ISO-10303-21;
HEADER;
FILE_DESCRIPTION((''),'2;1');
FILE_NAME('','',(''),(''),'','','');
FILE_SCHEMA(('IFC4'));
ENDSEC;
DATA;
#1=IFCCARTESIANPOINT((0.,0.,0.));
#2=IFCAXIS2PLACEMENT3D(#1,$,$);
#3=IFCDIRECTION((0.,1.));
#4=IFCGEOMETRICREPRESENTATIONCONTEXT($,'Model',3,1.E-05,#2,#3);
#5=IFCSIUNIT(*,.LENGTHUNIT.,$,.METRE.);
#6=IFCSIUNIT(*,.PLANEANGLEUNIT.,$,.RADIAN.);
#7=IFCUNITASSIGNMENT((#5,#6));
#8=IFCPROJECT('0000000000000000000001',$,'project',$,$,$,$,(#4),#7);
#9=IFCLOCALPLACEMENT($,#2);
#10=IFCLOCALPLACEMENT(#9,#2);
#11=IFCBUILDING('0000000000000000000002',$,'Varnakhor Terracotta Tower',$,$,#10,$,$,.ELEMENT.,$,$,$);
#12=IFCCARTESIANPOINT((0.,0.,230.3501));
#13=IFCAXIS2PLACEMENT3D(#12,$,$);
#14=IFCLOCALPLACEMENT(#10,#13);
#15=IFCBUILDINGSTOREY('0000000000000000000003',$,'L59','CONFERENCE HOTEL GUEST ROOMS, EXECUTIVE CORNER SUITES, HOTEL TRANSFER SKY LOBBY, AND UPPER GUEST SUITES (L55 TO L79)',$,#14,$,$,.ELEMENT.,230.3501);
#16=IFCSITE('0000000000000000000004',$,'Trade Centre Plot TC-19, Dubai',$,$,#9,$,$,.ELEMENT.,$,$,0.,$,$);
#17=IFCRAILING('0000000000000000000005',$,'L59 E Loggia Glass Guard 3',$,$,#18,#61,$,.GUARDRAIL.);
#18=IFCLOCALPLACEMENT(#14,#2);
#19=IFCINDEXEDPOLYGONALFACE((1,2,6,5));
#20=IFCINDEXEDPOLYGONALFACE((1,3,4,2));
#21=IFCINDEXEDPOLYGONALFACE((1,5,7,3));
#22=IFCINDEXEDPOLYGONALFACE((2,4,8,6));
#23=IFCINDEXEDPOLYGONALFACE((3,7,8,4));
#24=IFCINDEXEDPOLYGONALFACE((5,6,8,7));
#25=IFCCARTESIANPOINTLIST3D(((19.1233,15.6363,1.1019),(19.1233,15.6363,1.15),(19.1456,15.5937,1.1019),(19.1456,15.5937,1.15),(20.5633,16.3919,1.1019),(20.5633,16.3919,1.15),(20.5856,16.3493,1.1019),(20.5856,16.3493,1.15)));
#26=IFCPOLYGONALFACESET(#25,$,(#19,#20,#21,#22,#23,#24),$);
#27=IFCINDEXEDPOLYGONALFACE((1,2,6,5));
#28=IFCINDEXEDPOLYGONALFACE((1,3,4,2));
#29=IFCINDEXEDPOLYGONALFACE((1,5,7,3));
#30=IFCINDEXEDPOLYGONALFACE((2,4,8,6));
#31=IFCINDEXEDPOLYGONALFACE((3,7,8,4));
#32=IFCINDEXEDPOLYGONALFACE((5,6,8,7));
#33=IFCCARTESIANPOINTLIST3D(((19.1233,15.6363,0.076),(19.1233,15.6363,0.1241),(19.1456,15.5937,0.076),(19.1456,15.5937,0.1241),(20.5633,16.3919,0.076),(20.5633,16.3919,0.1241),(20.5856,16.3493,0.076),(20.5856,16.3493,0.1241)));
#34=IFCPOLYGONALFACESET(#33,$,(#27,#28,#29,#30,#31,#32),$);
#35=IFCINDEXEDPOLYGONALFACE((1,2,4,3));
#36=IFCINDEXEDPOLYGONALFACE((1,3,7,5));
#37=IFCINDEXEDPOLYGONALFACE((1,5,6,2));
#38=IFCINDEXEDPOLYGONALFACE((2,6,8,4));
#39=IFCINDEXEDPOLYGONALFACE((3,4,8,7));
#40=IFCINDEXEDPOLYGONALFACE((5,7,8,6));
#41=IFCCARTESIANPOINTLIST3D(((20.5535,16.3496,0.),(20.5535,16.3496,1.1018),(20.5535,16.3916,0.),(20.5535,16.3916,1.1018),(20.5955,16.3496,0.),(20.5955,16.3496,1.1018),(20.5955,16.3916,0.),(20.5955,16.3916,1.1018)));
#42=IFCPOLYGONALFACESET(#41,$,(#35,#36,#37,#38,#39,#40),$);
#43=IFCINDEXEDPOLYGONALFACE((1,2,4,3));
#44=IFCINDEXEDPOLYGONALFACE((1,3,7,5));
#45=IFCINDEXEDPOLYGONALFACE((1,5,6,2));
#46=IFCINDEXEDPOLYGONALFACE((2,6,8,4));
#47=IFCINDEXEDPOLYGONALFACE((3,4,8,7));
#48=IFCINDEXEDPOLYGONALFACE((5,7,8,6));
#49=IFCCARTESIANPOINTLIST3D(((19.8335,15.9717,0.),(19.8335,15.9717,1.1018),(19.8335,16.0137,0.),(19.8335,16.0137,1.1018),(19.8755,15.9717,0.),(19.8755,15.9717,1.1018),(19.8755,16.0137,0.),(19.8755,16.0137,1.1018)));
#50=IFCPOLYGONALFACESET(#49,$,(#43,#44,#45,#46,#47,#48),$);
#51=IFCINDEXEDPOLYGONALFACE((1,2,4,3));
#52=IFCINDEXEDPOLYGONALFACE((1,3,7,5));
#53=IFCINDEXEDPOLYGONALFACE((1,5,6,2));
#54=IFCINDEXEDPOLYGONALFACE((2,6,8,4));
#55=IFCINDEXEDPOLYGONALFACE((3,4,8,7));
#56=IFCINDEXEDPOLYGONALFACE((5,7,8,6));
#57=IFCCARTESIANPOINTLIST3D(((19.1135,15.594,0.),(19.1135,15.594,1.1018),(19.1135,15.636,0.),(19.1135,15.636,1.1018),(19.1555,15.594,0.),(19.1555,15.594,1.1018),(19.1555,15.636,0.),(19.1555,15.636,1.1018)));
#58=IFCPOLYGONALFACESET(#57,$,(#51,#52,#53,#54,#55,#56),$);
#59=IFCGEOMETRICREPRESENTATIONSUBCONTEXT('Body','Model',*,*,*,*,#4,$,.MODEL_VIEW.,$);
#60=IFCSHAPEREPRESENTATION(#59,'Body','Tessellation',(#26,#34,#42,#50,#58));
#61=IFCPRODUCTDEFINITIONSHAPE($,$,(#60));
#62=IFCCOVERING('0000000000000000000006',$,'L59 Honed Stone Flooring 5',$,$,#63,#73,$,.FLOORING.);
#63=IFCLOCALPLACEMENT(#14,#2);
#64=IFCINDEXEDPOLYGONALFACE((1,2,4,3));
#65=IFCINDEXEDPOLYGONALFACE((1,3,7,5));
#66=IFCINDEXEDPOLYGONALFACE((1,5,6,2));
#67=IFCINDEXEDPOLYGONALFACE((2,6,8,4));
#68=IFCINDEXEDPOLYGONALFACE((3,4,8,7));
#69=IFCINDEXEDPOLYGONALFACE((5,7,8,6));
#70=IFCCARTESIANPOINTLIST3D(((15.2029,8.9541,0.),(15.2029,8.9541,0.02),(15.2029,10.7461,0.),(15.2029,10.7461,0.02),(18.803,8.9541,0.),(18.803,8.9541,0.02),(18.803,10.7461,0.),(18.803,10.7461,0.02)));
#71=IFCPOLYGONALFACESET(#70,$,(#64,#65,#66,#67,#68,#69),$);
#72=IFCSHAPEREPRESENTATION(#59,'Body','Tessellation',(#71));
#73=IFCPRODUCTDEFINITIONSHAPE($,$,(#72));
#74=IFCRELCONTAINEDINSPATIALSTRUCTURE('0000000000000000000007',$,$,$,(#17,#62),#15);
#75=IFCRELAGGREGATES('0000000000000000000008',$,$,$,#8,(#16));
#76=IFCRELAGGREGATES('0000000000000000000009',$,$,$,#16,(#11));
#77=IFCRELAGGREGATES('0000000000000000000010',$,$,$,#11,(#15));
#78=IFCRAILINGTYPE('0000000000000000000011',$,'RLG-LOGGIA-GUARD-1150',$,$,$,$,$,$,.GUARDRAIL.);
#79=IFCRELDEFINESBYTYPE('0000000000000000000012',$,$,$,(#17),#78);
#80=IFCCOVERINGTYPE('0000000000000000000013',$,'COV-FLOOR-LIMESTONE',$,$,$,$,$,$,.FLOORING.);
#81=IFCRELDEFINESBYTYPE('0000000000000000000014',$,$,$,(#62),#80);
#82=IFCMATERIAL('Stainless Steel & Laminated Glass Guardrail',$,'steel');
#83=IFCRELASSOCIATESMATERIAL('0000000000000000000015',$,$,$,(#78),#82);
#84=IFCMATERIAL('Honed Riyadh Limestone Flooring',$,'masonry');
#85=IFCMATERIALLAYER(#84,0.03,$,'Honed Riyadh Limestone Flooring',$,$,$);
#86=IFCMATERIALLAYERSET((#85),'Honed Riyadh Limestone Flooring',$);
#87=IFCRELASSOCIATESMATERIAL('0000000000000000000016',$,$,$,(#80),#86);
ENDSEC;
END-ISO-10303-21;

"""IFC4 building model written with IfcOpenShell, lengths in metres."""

from ifc_helpers import new_model, si_unit, direction, frame, origin, origin_2d, place, context, subcontext, project, spatial, rectangle, extrude, source, transform, mapped, material, layer, layer_set, type_object, element, save


model = new_model("IFC4")

# Units and contexts
model_context = context("Model", 3, precision=1e-05, world=origin(), true_north=direction((0.0, 1.0)))
body_context = subcontext(model_context, "Body", "Model", "MODEL_VIEW")
ifc_project = project(units=[si_unit("LENGTHUNIT", "METRE"), si_unit("PLANEANGLEUNIT", "RADIAN")], contexts=[model_context])

# Site, building, storey
site_placement = place(None, origin())
site = spatial("IfcSite", under=ifc_project, at=site_placement, Name="Trade Centre Plot TC-19, Dubai", CompositionType="ELEMENT", RefElevation=0.0)
building_placement = place(site_placement, origin())
building = spatial("IfcBuilding", under=site, at=building_placement, Name="Varnakhor Terracotta Tower", CompositionType="ELEMENT")
storey_placement = place(building_placement, frame((0.0, 0.0, 230.3501)))
storey = spatial("IfcBuildingStorey", under=building, at=storey_placement, Name="L59", Description="CONFERENCE HOTEL GUEST ROOMS, EXECUTIVE CORNER SUITES, HOTEL TRANSFER SKY LOBBY, AND UPPER GUEST SUITES (L55 TO L79)", CompositionType="ELEMENT", Elevation=230.3501)

# Railing
ifc_material_1 = material(Name="Stainless Steel & Laminated Glass Guardrail", Category="steel")
railing_type = type_object("IfcRailingType", Name="RLG-LOGGIA-GUARD-1150", PredefinedType="GUARDRAIL", material=ifc_material_1)
railing_placement = place(storey_placement, frame((20.5745, 16.3706, 0.0)))
element("IfcRailing", 1, at=railing_placement, inside=storey, type_object=railing_type, Name="L59 E Loggia Glass Guard 3", PredefinedType="GUARDRAIL", context=body_context, shape_type="SweptSolid", body=[
    extrude(rectangle(XDim=0.0481, YDim=0.0481, at=origin_2d()), frame((0.0, 0.0, 1.126), z_axis=(-0.885487, -0.464663, 0.0), x_axis=(0.464663, -0.885487, 0.0)), (0.0, 0.0, 1.0), 1.6262),
    extrude(rectangle(XDim=0.0481, YDim=0.0481, at=origin_2d()), frame((0.0, 0.0, 0.1001), z_axis=(-0.885487, -0.464663, 0.0), x_axis=(0.464663, -0.885487, 0.0)), (0.0, 0.0, 1.0), 1.6262),
    extrude(rectangle(XDim=0.042, YDim=0.042, at=origin_2d()), origin(), (0.0, 0.0, 1.0), 1.1018),
    extrude(rectangle(XDim=0.042, YDim=0.042, at=origin_2d()), frame((-0.72, -0.3779, 0.0)), (0.0, 0.0, 1.0), 1.1018),
    extrude(rectangle(XDim=0.042, YDim=0.042, at=origin_2d()), frame((-1.4399, -0.7556, 0.0)), (0.0, 0.0, 1.0), 1.1018),
])

# Covering
ifc_material_2 = material(Name="Honed Riyadh Limestone Flooring", Category="masonry")
ifc_layer_1 = layer(ifc_material_2, 0.03, Name="Honed Riyadh Limestone Flooring")
ifc_layer_set_1 = layer_set([ifc_layer_1], Name="Honed Riyadh Limestone Flooring")
covering_type = type_object("IfcCoveringType", Name="COV-FLOOR-LIMESTONE", PredefinedType="FLOORING", material=ifc_layer_set_1)
shared_shape_1 = source(origin(), body_context, "Body", "SweptSolid", [
    extrude(rectangle(XDim=3.6001, YDim=1.792, at=origin_2d()), origin(), (0.0, 0.0, 1.0), 0.02),
])
covering_placement = place(storey_placement, frame((17.0029, 9.8501, 0.0), z_axis=(0.0, 0.0, 1.0), x_axis=(1.0, 0.0, 0.0)))
element("IfcCovering", 2, at=covering_placement, inside=storey, type_object=covering_type, Name="L59 Honed Stone Flooring 5", PredefinedType="FLOORING", context=body_context, shape_type="MappedRepresentation", body=[
    mapped(shared_shape_1, transform((0.0, 0.0, 0.0), scale=1.0)),
])

save(model, "model.ifc")
